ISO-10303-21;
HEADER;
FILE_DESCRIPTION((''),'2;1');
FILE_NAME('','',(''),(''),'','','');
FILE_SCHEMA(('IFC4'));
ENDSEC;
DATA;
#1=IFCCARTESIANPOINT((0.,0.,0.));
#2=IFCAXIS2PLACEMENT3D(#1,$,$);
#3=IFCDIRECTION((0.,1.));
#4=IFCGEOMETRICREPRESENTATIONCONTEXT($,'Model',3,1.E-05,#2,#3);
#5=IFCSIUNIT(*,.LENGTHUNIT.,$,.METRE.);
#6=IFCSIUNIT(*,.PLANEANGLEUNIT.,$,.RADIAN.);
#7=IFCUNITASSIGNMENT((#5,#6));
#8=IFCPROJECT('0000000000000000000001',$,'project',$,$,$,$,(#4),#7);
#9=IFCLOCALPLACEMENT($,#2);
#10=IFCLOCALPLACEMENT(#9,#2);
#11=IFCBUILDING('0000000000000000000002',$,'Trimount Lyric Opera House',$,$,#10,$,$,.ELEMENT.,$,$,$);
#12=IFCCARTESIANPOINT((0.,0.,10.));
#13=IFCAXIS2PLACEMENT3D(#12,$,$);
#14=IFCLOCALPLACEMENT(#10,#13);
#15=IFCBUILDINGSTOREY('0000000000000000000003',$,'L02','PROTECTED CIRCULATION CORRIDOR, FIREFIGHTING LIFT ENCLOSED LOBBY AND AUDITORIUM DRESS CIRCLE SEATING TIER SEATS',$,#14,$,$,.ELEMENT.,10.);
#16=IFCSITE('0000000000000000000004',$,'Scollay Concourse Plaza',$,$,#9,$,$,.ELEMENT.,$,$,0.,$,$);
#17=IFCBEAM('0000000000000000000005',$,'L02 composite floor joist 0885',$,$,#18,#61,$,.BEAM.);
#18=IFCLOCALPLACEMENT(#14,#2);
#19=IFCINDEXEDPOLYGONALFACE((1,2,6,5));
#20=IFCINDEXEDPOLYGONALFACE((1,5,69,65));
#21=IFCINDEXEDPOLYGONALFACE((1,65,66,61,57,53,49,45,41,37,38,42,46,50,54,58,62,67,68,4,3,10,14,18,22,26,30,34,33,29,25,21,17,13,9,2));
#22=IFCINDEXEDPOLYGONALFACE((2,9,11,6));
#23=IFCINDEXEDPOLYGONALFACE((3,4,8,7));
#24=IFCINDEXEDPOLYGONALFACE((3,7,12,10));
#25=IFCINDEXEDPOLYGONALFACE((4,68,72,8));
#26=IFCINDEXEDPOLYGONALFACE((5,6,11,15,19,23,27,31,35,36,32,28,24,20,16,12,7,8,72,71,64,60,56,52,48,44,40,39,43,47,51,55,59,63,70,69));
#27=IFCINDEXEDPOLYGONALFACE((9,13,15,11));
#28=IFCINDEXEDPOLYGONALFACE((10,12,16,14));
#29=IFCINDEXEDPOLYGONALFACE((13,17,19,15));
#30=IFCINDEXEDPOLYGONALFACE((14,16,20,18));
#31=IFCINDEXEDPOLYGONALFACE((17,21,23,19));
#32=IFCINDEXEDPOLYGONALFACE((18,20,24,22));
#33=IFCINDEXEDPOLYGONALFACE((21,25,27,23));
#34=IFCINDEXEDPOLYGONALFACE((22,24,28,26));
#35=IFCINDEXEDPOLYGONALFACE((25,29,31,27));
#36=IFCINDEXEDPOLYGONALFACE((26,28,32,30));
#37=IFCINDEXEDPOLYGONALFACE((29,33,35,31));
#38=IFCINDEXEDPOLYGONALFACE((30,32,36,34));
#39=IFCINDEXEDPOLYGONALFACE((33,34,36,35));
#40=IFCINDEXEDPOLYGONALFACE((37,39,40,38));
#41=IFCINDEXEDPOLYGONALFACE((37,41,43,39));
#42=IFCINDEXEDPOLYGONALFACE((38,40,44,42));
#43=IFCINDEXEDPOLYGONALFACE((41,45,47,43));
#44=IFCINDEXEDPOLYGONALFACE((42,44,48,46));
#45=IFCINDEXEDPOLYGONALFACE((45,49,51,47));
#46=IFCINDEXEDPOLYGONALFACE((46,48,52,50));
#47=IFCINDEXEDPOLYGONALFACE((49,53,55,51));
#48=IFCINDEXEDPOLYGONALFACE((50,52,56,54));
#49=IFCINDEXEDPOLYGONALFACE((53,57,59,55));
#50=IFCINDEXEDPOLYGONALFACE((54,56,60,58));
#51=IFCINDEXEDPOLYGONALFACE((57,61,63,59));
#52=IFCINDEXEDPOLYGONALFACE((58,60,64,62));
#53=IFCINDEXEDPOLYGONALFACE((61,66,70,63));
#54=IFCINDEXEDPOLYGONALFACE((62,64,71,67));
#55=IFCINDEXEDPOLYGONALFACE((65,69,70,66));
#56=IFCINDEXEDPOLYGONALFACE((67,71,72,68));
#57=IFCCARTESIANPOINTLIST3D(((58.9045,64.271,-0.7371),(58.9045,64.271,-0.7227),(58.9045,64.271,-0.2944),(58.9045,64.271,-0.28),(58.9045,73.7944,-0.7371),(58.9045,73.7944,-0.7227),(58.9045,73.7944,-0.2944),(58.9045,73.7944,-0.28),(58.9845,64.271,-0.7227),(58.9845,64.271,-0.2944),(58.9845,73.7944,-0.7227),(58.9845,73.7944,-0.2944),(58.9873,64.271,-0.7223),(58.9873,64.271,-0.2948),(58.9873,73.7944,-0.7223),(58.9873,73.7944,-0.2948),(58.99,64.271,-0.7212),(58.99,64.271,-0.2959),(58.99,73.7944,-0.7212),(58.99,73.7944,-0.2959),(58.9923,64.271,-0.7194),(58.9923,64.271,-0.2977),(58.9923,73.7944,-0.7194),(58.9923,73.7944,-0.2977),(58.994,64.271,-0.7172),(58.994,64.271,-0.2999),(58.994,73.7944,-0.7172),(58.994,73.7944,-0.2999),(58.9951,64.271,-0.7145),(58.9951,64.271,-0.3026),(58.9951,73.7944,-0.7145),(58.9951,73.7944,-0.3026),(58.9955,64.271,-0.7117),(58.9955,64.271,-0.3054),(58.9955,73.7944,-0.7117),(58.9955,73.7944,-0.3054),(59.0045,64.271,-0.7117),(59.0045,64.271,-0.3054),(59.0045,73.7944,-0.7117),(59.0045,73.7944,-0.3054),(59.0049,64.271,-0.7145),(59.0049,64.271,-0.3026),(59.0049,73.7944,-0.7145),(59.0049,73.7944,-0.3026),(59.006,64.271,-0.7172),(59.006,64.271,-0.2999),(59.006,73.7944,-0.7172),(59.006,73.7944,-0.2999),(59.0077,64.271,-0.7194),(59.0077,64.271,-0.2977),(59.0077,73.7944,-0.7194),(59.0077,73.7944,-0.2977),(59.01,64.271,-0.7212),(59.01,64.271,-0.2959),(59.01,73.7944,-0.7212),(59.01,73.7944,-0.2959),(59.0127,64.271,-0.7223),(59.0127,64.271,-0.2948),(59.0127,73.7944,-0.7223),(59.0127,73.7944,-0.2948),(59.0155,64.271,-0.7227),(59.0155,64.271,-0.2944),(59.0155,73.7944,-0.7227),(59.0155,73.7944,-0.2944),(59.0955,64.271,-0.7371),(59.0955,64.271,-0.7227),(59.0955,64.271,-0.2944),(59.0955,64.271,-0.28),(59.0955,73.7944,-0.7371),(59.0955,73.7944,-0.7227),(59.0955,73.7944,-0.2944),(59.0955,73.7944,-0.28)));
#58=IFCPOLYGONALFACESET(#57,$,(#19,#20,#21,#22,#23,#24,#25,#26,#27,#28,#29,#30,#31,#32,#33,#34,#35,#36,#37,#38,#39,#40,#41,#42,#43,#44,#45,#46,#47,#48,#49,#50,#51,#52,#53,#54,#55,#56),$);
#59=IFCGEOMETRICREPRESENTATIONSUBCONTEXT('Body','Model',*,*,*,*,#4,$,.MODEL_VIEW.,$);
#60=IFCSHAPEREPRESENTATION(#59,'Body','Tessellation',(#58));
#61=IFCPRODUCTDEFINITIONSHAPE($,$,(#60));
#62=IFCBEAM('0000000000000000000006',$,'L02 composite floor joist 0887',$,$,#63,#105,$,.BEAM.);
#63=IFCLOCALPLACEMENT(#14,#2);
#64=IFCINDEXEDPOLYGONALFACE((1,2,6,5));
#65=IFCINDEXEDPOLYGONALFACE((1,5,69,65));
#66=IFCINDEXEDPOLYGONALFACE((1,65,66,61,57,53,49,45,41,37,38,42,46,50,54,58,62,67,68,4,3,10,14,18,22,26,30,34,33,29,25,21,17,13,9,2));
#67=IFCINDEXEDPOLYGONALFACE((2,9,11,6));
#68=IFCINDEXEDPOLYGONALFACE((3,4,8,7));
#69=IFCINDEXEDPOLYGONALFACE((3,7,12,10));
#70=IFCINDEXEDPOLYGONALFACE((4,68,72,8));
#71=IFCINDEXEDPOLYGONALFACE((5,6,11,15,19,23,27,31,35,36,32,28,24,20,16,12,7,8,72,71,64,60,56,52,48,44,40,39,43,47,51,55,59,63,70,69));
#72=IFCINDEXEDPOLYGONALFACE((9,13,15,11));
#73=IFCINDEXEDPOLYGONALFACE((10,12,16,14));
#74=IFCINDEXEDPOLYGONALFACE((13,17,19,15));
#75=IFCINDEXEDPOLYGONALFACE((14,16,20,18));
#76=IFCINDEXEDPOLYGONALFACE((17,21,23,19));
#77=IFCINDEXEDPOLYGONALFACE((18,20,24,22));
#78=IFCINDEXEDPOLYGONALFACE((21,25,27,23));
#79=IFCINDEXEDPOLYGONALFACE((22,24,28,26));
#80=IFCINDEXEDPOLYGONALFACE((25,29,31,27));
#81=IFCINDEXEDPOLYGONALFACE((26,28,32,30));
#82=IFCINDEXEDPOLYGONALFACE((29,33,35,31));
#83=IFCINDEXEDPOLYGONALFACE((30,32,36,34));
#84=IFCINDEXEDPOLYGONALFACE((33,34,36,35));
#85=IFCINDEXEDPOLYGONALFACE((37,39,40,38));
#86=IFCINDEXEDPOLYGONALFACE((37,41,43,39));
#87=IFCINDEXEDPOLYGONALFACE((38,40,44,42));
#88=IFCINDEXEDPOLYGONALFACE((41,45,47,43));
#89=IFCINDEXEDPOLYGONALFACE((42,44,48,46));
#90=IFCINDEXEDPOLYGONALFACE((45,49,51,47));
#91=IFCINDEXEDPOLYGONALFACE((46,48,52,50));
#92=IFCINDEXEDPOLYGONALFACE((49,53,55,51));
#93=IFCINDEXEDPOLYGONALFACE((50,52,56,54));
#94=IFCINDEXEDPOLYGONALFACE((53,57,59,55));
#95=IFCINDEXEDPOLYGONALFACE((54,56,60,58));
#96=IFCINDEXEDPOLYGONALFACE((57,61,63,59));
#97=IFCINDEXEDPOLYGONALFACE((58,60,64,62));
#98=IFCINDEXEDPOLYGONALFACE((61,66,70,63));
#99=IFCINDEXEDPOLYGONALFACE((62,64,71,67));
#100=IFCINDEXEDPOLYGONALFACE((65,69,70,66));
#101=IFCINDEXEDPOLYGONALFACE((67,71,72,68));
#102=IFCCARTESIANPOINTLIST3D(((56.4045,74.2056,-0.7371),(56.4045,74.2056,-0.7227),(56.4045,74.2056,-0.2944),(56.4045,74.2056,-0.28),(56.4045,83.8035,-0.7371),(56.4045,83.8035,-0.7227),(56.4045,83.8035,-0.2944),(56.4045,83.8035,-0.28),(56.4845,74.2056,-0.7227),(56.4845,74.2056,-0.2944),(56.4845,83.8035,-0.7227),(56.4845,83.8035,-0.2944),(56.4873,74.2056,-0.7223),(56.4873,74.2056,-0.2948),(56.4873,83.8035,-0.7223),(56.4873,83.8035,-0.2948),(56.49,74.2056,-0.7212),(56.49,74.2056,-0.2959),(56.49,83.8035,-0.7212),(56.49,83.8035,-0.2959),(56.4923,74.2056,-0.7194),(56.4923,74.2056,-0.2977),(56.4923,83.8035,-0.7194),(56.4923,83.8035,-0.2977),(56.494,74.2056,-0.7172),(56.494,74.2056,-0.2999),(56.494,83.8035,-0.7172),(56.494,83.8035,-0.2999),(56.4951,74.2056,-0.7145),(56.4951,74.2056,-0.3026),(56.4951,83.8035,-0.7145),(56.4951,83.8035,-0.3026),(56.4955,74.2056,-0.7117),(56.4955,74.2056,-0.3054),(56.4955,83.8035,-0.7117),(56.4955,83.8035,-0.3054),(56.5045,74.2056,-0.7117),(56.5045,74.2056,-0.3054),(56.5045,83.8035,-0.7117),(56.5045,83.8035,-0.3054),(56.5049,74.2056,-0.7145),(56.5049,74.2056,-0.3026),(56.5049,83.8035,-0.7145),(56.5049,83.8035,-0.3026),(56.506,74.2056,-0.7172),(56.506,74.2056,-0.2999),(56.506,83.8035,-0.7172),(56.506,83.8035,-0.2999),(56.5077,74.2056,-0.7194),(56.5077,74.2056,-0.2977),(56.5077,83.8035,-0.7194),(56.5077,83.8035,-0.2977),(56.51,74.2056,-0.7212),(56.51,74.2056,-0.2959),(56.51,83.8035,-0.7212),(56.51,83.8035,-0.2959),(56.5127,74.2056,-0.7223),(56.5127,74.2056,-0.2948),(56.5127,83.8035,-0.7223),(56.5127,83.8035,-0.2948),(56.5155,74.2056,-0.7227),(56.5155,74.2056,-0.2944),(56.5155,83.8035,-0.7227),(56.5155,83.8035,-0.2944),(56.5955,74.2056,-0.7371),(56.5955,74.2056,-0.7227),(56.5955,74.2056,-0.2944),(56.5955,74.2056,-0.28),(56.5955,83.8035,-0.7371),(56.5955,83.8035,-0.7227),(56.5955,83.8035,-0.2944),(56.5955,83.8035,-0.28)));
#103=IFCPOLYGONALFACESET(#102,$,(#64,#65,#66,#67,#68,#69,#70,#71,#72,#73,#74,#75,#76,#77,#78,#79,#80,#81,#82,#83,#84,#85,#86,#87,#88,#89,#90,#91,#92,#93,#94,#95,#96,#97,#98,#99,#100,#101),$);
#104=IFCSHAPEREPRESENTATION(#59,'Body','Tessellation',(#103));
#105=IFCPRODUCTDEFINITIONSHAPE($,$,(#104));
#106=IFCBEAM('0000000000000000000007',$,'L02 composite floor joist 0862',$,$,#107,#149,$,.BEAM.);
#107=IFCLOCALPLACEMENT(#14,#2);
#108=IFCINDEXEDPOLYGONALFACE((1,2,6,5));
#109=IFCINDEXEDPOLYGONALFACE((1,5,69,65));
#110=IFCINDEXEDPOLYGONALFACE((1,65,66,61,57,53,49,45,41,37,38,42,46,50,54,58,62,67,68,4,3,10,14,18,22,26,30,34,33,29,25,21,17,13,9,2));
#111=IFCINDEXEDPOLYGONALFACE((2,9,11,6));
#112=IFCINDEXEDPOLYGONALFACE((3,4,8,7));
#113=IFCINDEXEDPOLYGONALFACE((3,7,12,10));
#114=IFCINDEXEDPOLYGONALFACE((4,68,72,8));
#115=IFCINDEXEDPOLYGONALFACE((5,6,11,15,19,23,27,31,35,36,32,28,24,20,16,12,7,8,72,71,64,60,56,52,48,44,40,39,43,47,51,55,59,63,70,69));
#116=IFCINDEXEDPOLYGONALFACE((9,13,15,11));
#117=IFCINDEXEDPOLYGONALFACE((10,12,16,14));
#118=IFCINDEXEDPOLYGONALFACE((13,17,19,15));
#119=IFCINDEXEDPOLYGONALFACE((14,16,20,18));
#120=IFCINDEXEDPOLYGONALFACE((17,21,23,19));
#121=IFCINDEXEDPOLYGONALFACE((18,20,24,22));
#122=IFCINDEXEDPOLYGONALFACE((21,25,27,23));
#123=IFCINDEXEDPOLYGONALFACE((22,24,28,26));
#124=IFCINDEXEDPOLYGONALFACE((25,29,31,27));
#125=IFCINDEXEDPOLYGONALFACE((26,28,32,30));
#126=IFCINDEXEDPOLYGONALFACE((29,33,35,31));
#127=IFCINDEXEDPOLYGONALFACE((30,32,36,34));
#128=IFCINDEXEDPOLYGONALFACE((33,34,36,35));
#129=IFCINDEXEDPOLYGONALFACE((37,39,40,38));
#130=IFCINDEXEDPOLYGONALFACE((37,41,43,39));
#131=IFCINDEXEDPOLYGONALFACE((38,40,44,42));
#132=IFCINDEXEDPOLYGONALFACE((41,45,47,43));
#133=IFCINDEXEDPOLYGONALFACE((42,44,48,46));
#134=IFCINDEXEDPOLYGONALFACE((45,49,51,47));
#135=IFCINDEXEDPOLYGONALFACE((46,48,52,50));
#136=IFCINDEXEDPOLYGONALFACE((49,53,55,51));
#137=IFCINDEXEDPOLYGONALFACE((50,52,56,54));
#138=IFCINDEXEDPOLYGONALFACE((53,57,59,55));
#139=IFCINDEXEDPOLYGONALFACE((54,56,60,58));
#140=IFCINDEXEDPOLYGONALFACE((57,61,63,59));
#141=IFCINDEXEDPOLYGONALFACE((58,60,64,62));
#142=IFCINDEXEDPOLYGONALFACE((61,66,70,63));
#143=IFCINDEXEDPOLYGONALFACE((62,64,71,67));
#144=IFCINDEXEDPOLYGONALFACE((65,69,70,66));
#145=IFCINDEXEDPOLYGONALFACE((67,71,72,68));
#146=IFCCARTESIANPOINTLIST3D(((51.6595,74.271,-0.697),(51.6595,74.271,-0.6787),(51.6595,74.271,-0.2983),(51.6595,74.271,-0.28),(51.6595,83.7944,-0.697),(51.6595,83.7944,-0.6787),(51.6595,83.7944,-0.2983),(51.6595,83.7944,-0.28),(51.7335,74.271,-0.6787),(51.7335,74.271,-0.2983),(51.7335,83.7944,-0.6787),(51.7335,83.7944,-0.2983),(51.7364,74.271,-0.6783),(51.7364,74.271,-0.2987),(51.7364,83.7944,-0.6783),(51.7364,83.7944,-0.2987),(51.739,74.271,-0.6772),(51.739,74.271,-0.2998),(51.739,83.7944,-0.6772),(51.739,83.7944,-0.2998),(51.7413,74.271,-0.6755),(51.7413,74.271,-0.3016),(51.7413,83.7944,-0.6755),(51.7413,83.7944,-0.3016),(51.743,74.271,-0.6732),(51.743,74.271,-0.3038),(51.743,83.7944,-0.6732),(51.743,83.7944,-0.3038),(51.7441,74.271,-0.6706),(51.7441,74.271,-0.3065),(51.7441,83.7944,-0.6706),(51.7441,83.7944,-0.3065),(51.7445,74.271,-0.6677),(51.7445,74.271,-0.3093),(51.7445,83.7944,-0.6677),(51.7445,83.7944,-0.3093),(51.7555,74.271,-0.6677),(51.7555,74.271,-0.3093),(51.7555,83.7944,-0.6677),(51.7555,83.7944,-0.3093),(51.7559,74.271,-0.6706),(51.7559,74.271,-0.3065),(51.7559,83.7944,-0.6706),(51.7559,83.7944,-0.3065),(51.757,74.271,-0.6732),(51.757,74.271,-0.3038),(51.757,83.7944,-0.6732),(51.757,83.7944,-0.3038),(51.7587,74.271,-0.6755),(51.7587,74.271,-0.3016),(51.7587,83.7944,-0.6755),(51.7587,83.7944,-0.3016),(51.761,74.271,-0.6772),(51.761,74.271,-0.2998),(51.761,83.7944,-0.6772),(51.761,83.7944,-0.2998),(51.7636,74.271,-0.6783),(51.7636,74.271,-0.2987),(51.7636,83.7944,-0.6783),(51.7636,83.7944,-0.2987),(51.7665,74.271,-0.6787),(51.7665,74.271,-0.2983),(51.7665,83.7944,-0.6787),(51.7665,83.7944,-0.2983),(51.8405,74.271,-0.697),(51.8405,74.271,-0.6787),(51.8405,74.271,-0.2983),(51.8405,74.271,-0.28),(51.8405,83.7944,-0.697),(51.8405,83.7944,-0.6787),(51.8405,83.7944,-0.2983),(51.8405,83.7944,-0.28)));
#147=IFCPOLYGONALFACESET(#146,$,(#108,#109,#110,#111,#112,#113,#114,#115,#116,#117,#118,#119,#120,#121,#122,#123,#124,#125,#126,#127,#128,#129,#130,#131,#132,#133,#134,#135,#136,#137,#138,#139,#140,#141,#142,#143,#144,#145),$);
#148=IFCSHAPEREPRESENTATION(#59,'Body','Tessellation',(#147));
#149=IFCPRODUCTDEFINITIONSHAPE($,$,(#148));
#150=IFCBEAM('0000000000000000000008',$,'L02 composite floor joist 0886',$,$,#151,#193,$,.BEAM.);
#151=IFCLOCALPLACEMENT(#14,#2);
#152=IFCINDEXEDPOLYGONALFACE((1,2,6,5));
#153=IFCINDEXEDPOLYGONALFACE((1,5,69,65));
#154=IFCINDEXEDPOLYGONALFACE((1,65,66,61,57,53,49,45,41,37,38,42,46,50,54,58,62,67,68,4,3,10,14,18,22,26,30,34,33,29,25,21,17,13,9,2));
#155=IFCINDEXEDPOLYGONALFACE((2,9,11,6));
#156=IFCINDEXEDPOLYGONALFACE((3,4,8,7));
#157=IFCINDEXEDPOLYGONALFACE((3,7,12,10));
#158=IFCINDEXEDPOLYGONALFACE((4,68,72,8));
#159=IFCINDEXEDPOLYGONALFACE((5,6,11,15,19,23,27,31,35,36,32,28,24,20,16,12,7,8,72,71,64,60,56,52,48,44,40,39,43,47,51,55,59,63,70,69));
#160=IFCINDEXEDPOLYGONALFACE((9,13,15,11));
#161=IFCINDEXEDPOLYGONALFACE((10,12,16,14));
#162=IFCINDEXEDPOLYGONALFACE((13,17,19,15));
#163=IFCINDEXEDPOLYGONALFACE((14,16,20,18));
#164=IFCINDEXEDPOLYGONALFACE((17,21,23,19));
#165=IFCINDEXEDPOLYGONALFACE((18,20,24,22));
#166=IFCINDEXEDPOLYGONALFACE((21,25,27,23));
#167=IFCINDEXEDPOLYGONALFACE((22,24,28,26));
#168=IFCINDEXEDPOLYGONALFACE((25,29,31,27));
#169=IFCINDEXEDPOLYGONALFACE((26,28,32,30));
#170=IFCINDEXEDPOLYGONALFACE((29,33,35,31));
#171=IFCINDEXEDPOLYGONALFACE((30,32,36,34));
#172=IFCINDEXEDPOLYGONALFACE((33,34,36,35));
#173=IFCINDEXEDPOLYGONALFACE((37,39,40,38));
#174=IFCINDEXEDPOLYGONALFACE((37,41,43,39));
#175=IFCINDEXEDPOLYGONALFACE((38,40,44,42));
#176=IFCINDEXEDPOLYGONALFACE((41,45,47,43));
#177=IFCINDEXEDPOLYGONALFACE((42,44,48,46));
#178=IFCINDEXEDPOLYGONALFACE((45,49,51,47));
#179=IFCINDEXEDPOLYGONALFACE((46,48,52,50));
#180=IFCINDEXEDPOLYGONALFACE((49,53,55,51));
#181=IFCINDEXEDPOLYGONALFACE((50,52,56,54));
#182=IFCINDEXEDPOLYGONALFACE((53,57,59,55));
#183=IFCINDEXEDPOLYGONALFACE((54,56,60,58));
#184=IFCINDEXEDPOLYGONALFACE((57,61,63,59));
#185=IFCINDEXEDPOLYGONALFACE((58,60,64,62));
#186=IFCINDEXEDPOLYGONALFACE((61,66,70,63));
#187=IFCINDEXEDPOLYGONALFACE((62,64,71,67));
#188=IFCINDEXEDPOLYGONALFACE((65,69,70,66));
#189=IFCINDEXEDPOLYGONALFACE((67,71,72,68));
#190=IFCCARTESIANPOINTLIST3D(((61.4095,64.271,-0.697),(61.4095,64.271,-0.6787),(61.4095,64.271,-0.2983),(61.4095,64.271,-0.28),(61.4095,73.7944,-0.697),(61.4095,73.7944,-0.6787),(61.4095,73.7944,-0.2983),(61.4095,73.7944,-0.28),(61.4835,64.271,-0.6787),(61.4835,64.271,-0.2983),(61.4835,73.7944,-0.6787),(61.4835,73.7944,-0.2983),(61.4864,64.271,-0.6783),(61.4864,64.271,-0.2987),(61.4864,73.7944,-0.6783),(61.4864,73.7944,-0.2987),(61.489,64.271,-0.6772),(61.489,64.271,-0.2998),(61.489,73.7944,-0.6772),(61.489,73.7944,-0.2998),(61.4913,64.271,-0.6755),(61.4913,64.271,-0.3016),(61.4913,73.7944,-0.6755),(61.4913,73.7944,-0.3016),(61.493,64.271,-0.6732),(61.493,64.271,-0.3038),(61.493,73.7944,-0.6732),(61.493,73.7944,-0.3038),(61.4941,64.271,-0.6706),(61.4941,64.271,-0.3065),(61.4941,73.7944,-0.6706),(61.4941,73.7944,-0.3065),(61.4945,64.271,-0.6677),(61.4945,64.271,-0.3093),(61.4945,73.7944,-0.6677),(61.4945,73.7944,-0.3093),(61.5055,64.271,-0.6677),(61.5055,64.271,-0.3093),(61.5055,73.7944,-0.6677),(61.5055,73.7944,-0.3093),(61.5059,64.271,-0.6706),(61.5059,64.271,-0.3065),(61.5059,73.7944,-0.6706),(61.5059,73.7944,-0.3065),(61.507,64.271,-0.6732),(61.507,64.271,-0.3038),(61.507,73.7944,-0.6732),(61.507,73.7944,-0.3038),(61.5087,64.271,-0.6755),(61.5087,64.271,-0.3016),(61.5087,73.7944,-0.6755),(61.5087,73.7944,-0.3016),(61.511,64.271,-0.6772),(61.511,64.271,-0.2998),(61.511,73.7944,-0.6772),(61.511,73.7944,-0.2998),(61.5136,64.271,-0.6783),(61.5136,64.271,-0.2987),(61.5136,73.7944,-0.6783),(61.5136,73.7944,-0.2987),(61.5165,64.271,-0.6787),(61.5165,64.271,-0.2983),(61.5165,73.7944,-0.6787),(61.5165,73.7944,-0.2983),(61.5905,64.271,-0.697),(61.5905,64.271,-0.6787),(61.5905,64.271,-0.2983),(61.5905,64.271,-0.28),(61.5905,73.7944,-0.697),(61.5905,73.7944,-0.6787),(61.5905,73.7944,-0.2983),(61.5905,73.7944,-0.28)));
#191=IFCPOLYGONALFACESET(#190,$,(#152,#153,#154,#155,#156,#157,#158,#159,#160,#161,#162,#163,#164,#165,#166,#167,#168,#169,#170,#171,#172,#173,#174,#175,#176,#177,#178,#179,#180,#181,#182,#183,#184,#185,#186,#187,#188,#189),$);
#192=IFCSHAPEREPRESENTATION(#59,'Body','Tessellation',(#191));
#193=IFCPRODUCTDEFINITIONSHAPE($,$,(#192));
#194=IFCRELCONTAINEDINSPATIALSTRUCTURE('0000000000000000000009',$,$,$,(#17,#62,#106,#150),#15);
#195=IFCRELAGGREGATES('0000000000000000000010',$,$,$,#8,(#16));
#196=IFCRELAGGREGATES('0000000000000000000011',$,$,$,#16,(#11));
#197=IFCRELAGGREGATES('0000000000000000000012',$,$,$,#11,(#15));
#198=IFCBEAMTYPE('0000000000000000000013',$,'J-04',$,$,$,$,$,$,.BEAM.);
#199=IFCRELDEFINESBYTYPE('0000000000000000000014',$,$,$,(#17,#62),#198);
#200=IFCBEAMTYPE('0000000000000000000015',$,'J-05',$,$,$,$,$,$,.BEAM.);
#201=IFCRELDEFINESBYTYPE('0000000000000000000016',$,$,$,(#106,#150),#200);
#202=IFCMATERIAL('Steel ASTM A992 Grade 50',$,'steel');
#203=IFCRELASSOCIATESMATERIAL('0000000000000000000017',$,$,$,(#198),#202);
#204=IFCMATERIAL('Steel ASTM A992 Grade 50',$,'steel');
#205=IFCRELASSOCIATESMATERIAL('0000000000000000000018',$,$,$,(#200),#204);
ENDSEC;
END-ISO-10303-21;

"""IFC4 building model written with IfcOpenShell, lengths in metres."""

from ifc_helpers import new_model, si_unit, direction, frame, origin, origin_2d, place, context, subcontext, project, spatial, i_section, extrude, material, material_profile, profile_set, type_object, element, save


model = new_model("IFC4")

# Units and contexts
model_context = context("Model", 3, precision=1e-05, world=origin(), true_north=direction((0.0, 1.0)))
body_context = subcontext(model_context, "Body", "Model", "MODEL_VIEW")
ifc_project = project(units=[si_unit("LENGTHUNIT", "METRE"), si_unit("PLANEANGLEUNIT", "RADIAN")], contexts=[model_context])

# Site, building, storey
site_placement = place(None, origin())
site = spatial("IfcSite", under=ifc_project, at=site_placement, Name="Scollay Concourse Plaza", CompositionType="ELEMENT", RefElevation=0.0)
building_placement = place(site_placement, origin())
building = spatial("IfcBuilding", under=site, at=building_placement, Name="Trimount Lyric Opera House", CompositionType="ELEMENT")
storey_placement = place(building_placement, frame((0.0, 0.0, 10.0)))
storey = spatial("IfcBuildingStorey", under=building, at=storey_placement, Name="L02", Description="PROTECTED CIRCULATION CORRIDOR, FIREFIGHTING LIFT ENCLOSED LOBBY AND AUDITORIUM DRESS CIRCLE SEATING TIER SEATS", CompositionType="ELEMENT", Elevation=10.0)

# Beams
ifc_material_1 = material(Name="Steel ASTM A992 Grade 50", Category="steel")
ifc_material_profile_1 = material_profile(ifc_material_1, i_section(OverallWidth=0.1909, OverallDepth=0.457, WebThickness=0.009, FlangeThickness=0.0144, FilletRadius=0.011, at=origin_2d()), Name="W18X50")
ifc_profile_set_1 = profile_set([ifc_material_profile_1], Name="Steel ASTM A992 Grade 50")
beam_type_1 = type_object("IfcBeamType", Name="J-04", PredefinedType="BEAM", material=ifc_profile_set_1)
for number, where, z_axis, x_axis, name in (
    (1, (59.0, 64.271, -0.5085), (0.0, 1.0, 0.0), (-1.0, 0.0, 0.0), "L02 composite floor joist 0885"),
):
    element("IfcBeam", number, at=place(storey_placement, frame(where, z_axis=z_axis, x_axis=x_axis)), inside=storey, type_object=beam_type_1, Name=name, PredefinedType="BEAM", context=body_context, shape_type="SweptSolid", body=[
        extrude(i_section(OverallWidth=0.1909, OverallDepth=0.457, WebThickness=0.009, FlangeThickness=0.0144, FilletRadius=0.011, at=origin_2d()), origin(), (0.0, 0.0, 1.0), 9.5234),
    ])
beam_1_placement = place(storey_placement, frame((56.5, 74.2056, -0.5085), z_axis=(0.0, 1.0, 0.0), x_axis=(-1.0, 0.0, 0.0)))
element("IfcBeam", 2, at=beam_1_placement, inside=storey, type_object=beam_type_1, Name="L02 composite floor joist 0887", PredefinedType="BEAM", context=body_context, shape_type="SweptSolid", body=[
    extrude(i_section(OverallWidth=0.1909, OverallDepth=0.457, WebThickness=0.009, FlangeThickness=0.0144, FilletRadius=0.011, at=origin_2d()), origin(), (0.0, 0.0, 1.0), 9.5979),
])
ifc_material_2 = material(Name="Steel ASTM A992 Grade 50", Category="steel")
ifc_material_profile_2 = material_profile(ifc_material_2, i_section(OverallWidth=0.1809, OverallDepth=0.417, WebThickness=0.011, FlangeThickness=0.0183, FilletRadius=0.011, at=origin_2d()), Name="W16X57")
ifc_profile_set_2 = profile_set([ifc_material_profile_2], Name="Steel ASTM A992 Grade 50")
beam_type_2 = type_object("IfcBeamType", Name="J-05", PredefinedType="BEAM", material=ifc_profile_set_2)
for number, where, z_axis, x_axis, name in (
    (3, (51.75, 74.271, -0.4885), (0.0, 1.0, 0.0), (-1.0, 0.0, 0.0), "L02 composite floor joist 0862"),
    (4, (61.5, 64.271, -0.4885), (0.0, 1.0, 0.0), (-1.0, 0.0, 0.0), "L02 composite floor joist 0886"),
):
    element("IfcBeam", number, at=place(storey_placement, frame(where, z_axis=z_axis, x_axis=x_axis)), inside=storey, type_object=beam_type_2, Name=name, PredefinedType="BEAM", context=body_context, shape_type="SweptSolid", body=[
        extrude(i_section(OverallWidth=0.1809, OverallDepth=0.417, WebThickness=0.011, FlangeThickness=0.0183, FilletRadius=0.011, at=origin_2d()), origin(), (0.0, 0.0, 1.0), 9.5234),
    ])

save(model, "model.ifc")
